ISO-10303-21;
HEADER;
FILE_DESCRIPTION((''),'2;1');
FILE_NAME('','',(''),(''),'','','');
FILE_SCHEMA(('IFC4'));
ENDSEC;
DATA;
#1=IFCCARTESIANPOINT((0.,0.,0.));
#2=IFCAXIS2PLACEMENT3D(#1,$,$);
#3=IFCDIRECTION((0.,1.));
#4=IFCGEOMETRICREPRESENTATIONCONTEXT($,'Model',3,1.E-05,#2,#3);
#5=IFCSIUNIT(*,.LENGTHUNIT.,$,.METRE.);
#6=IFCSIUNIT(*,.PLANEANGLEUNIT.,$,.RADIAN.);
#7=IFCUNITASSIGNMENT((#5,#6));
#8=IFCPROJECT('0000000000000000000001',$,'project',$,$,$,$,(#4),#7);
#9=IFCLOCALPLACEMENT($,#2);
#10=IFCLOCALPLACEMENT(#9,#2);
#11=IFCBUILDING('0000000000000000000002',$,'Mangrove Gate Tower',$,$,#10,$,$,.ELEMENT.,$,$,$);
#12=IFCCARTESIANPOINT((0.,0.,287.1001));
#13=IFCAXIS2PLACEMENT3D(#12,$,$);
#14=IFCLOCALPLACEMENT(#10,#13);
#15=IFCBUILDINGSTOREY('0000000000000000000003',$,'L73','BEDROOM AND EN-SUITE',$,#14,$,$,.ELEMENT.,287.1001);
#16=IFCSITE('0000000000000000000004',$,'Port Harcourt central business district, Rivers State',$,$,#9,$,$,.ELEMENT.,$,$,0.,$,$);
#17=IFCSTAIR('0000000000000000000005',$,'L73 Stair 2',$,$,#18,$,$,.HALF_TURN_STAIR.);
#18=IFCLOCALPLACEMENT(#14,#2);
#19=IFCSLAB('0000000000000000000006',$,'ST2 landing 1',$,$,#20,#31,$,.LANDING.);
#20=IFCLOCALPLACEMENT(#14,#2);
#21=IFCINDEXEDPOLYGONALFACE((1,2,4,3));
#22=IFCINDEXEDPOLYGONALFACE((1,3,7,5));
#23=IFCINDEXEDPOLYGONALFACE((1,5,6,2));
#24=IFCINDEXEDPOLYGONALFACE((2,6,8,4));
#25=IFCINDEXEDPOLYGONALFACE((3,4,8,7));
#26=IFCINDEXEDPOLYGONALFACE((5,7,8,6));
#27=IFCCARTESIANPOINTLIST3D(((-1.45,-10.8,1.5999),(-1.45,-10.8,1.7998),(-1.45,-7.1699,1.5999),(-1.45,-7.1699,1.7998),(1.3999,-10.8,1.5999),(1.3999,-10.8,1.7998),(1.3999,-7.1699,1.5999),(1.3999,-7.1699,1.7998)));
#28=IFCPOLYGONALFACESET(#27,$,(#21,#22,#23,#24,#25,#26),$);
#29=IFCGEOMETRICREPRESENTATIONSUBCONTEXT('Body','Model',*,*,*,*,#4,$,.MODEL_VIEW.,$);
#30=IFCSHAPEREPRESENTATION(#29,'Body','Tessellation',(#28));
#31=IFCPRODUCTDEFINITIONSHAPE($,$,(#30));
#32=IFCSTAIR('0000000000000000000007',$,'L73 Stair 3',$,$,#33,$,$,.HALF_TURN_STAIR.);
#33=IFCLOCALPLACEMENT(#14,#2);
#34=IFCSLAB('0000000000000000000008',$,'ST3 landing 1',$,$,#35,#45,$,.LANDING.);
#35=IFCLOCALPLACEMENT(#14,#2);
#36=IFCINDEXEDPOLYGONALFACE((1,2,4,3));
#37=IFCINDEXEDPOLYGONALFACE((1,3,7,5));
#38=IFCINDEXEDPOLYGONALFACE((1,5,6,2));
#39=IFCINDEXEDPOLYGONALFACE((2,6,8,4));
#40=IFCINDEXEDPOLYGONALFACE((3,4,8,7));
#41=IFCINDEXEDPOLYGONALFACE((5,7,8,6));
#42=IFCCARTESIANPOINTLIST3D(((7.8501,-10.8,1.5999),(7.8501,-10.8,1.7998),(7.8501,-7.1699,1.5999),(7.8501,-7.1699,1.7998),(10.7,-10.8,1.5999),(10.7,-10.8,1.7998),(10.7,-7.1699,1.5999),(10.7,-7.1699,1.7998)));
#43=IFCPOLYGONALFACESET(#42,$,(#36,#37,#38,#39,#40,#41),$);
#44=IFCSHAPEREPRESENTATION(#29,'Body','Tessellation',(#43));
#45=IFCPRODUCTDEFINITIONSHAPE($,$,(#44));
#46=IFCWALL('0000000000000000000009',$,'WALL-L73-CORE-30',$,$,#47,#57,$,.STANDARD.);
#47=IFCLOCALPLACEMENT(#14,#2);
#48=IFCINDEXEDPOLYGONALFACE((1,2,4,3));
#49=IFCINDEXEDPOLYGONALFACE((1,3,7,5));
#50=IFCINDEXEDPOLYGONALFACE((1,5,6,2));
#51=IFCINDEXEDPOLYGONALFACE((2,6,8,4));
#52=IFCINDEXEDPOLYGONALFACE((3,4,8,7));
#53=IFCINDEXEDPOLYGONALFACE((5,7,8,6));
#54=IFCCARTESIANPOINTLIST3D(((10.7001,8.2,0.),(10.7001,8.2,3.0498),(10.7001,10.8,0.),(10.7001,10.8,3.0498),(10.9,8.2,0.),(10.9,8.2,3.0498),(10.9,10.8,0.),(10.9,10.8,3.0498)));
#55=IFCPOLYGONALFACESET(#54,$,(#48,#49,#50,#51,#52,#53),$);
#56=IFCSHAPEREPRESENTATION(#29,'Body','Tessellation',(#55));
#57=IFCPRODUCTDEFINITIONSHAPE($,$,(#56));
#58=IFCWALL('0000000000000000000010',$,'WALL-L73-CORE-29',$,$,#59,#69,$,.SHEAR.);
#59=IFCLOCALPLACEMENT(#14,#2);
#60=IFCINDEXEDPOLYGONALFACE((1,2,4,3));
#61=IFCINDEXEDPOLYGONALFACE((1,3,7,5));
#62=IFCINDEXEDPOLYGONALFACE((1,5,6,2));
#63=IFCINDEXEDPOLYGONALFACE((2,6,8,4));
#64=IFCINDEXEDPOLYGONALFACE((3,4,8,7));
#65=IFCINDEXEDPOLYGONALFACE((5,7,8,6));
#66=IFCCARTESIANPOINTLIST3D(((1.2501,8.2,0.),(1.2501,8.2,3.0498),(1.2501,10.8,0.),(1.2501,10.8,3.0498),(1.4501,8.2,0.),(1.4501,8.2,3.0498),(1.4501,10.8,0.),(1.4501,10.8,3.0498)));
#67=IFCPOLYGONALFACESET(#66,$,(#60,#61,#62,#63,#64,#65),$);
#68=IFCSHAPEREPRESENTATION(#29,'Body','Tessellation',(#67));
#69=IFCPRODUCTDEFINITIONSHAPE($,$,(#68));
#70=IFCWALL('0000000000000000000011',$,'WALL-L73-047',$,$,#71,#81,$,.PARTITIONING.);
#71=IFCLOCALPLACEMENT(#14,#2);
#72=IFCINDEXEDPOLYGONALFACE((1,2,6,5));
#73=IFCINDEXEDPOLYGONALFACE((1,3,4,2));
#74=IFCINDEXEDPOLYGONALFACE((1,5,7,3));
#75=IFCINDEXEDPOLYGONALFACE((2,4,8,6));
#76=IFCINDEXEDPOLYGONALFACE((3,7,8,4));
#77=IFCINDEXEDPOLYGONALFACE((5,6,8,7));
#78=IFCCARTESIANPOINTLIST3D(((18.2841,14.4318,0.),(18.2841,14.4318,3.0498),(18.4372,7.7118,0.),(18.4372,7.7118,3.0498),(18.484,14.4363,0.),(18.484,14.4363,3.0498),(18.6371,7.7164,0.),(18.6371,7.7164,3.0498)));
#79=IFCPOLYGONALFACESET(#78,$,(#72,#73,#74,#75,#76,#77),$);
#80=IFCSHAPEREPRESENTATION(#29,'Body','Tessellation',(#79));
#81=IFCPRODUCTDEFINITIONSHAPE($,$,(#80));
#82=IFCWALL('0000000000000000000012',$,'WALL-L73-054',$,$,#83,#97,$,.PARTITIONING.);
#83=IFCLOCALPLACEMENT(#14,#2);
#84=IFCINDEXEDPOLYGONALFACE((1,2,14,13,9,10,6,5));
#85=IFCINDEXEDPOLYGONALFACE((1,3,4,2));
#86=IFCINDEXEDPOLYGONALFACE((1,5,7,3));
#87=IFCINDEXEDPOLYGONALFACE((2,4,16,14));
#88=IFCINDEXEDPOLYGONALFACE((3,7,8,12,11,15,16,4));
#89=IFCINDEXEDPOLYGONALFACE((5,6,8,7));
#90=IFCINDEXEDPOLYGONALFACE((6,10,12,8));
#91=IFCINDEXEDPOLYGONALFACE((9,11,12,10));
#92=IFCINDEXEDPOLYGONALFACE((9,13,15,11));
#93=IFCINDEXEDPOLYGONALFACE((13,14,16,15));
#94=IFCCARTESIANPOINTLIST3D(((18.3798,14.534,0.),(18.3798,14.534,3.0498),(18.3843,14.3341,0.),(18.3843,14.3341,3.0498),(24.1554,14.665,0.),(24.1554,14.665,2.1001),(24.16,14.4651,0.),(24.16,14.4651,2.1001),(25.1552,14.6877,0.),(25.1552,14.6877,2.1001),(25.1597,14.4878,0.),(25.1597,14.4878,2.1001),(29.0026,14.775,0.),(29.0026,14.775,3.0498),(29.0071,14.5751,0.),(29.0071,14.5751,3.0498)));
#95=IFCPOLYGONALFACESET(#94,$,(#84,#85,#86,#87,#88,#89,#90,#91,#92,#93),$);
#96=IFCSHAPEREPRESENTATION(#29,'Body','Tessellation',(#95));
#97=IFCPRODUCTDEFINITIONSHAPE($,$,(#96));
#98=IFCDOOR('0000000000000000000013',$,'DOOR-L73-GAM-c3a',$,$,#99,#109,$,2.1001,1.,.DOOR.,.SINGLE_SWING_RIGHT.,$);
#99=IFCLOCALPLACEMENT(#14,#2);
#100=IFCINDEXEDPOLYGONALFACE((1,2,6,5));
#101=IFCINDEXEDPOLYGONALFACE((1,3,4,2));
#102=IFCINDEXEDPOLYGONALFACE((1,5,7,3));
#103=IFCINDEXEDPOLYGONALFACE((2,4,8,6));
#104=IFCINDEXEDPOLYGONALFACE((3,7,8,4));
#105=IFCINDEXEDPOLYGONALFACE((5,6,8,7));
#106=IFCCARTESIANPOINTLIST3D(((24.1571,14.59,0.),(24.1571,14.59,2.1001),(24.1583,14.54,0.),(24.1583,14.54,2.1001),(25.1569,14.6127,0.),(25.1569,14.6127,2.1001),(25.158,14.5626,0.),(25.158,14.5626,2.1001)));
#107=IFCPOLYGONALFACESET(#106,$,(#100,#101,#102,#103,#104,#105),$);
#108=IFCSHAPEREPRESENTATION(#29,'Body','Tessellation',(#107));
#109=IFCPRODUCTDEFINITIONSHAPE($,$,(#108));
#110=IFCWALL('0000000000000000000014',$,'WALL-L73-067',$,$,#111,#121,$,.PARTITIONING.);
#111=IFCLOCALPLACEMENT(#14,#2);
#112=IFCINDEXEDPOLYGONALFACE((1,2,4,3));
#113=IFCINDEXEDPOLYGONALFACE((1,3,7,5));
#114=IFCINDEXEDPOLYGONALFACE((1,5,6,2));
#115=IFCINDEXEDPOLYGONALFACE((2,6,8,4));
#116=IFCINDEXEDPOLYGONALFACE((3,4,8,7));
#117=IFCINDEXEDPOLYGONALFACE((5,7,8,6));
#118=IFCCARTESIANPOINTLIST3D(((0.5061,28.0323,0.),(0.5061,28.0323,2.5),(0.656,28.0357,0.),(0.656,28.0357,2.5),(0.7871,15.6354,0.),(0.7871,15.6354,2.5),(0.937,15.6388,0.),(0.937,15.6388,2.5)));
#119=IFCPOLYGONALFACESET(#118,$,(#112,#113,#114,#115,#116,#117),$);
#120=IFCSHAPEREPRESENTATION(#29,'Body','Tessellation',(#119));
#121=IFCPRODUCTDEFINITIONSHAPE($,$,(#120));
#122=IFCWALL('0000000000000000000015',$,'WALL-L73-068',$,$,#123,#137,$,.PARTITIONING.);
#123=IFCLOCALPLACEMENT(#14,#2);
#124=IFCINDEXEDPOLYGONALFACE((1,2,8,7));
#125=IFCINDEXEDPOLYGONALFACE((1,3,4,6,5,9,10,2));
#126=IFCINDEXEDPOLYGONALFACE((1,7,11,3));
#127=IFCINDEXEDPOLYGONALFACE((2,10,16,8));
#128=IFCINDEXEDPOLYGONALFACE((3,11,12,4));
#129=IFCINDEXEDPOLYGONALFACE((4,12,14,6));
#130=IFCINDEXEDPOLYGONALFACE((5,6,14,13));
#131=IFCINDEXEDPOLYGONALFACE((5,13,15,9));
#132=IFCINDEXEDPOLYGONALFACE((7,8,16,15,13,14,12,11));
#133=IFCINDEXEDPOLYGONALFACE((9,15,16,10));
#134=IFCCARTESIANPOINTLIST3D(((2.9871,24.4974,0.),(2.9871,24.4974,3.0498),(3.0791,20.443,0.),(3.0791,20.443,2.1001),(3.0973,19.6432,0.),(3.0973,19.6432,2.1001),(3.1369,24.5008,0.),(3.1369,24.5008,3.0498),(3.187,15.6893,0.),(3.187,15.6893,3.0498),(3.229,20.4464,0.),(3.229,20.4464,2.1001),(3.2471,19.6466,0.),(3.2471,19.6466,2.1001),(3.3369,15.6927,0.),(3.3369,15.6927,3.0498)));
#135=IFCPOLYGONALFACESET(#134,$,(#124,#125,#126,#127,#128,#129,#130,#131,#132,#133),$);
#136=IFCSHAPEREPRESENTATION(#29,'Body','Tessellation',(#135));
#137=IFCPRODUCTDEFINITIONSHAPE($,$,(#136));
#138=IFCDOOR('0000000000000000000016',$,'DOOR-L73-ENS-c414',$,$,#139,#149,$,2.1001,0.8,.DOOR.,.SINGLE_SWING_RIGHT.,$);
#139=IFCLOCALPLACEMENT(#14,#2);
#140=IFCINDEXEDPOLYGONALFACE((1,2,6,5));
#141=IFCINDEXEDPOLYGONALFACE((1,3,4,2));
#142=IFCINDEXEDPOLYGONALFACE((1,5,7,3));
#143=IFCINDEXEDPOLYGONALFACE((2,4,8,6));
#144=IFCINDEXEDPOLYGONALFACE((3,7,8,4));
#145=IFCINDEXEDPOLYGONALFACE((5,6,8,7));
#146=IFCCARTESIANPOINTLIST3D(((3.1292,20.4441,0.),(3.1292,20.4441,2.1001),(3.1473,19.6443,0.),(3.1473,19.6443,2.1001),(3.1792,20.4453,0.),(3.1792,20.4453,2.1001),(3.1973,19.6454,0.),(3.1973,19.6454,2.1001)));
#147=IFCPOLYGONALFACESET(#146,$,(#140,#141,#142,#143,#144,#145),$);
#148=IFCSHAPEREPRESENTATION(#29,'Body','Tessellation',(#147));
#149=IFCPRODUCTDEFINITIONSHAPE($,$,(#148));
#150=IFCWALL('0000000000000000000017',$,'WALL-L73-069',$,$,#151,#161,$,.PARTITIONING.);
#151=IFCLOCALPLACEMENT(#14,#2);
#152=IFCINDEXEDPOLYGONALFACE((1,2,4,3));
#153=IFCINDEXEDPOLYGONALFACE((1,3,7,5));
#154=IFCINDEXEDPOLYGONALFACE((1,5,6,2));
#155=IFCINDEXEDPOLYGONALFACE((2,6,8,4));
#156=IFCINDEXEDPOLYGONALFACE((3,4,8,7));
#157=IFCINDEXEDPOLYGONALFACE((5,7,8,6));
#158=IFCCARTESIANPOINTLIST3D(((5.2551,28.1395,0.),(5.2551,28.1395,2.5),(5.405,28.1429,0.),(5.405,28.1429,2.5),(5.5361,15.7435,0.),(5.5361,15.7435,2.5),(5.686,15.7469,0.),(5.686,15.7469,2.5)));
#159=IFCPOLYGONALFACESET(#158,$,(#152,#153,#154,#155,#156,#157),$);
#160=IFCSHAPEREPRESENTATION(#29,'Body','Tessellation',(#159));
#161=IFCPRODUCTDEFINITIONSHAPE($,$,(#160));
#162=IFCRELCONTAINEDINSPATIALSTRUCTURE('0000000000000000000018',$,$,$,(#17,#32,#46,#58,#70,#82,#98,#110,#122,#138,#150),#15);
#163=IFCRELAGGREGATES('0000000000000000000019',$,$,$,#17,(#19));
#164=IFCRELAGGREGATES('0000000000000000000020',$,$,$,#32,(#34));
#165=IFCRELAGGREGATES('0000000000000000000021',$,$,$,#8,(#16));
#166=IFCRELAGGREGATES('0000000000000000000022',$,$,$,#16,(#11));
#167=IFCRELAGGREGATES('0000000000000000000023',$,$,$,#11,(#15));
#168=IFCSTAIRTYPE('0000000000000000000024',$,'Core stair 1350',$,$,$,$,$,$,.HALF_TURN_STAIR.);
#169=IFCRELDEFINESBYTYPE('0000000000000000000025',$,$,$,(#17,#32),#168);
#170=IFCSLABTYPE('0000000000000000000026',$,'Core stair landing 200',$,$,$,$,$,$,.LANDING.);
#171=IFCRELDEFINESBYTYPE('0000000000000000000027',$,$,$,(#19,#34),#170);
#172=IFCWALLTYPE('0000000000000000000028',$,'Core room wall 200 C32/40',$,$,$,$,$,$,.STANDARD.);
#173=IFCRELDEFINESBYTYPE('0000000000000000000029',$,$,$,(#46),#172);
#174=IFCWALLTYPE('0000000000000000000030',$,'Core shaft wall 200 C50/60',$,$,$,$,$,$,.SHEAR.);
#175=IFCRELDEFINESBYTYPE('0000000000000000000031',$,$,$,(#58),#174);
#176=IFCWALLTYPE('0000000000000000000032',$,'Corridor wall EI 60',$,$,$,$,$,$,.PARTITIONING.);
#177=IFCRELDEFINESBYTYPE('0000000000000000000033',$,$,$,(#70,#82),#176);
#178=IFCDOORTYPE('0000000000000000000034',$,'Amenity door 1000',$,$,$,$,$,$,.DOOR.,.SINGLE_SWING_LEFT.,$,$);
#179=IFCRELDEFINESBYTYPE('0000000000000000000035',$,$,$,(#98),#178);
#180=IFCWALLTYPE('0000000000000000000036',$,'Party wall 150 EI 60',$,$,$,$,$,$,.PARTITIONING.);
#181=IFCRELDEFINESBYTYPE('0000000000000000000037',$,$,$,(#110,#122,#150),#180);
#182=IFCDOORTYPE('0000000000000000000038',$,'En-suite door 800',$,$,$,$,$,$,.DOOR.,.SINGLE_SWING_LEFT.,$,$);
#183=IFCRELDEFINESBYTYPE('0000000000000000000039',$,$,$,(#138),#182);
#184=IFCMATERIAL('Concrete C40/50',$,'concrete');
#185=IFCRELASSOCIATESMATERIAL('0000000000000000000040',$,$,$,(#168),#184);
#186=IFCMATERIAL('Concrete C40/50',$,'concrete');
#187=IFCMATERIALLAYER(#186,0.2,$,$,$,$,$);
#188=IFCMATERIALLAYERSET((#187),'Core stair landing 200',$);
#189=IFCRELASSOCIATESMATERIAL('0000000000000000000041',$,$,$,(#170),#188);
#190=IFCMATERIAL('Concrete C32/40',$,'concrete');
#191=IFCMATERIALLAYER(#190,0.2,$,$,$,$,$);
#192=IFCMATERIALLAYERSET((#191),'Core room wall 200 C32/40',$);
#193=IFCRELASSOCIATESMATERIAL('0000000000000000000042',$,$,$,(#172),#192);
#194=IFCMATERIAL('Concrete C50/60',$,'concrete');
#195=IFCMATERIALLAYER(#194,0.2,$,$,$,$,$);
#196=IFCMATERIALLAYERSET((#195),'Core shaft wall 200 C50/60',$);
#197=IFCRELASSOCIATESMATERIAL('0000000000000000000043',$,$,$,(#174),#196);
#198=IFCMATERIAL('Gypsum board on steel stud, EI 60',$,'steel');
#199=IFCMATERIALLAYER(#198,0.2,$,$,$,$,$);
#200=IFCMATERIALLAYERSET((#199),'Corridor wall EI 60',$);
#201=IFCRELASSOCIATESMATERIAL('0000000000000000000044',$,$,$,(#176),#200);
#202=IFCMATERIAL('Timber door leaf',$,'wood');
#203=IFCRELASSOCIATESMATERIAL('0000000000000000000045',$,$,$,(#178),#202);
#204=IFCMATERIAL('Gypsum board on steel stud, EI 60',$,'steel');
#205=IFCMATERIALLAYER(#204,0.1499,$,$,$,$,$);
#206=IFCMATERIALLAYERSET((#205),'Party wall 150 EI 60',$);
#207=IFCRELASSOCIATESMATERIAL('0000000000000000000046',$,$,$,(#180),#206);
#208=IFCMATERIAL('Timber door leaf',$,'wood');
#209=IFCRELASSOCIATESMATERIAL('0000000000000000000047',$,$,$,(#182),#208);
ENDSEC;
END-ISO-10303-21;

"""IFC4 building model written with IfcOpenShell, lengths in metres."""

from ifc_helpers import new_model, si_unit, direction, frame, frame_2d, origin, place, context, subcontext, project, spatial, polyline, rectangle, outline, extrude, material, layer, layer_set, type_object, element, fill, aggregate, save


model = new_model("IFC4")

# Units and contexts
model_context = context("Model", 3, precision=1e-05, world=origin(), true_north=direction((0.0, 1.0)))
body_context = subcontext(model_context, "Body", "Model", "MODEL_VIEW")
ifc_project = project(units=[si_unit("LENGTHUNIT", "METRE"), si_unit("PLANEANGLEUNIT", "RADIAN")], contexts=[model_context])

# Site, building, storey
site_placement = place(None, origin())
site = spatial("IfcSite", under=ifc_project, at=site_placement, Name="Port Harcourt central business district, Rivers State", CompositionType="ELEMENT", RefElevation=0.0)
building_placement = place(site_placement, origin())
building = spatial("IfcBuilding", under=site, at=building_placement, Name="Mangrove Gate Tower", CompositionType="ELEMENT")
storey_placement = place(building_placement, frame((0.0, 0.0, 287.1001)))
storey = spatial("IfcBuildingStorey", under=building, at=storey_placement, Name="L73", Description="BEDROOM AND EN-SUITE", CompositionType="ELEMENT", Elevation=287.1001)

# Stairs, slabs
ifc_material_1 = material(Name="Concrete C40/50", Category="concrete")
stair_type = type_object("IfcStairType", Name="Core stair 1350", PredefinedType="HALF_TURN_STAIR", material=ifc_material_1)
ifc_material_2 = material(Name="Concrete C40/50", Category="concrete")
ifc_layer_1 = layer(ifc_material_2, 0.2)
ifc_layer_set_1 = layer_set([ifc_layer_1], Name="Core stair landing 200")
slab_type_1 = type_object("IfcSlabType", Name="Core stair landing 200", PredefinedType="LANDING", material=ifc_layer_set_1)
stair_1_placement = place(storey_placement, origin())
stair_1 = element("IfcStair", 1, at=stair_1_placement, inside=storey, type_object=stair_type, Name="L73 Stair 2", PredefinedType="HALF_TURN_STAIR")
slab_1_placement = place(storey_placement, frame((0.0, 0.0, 1.5999)))
slab_1 = element("IfcSlab", 2, at=slab_1_placement, type_object=slab_type_1, Name="ST2 landing 1", PredefinedType="LANDING", context=body_context, shape_type="SweptSolid", body=[
    extrude(outline(polyline([(-1.45, -7.1699), (-1.45, -10.8), (1.3999, -10.8), (1.3999, -7.1699), (-1.45, -7.1699)])), origin(), (0.0, 0.0, 1.0), 0.2),
])
aggregate(stair_1, [slab_1])
stair_2_placement = place(storey_placement, origin())
stair_2 = element("IfcStair", 3, at=stair_2_placement, inside=storey, type_object=stair_type, Name="L73 Stair 3", PredefinedType="HALF_TURN_STAIR")
slab_2_placement = place(storey_placement, frame((0.0, 0.0, 1.5999)))
slab_2 = element("IfcSlab", 4, at=slab_2_placement, type_object=slab_type_1, Name="ST3 landing 1", PredefinedType="LANDING", context=body_context, shape_type="SweptSolid", body=[
    extrude(outline(polyline([(7.8501, -7.1699), (7.8501, -10.8), (10.7, -10.8), (10.7, -7.1699), (7.8501, -7.1699)])), origin(), (0.0, 0.0, 1.0), 0.2),
])
aggregate(stair_2, [slab_2])

# Walls
ifc_material_3 = material(Name="Concrete C32/40", Category="concrete")
ifc_layer_2 = layer(ifc_material_3, 0.2)
ifc_layer_set_2 = layer_set([ifc_layer_2], Name="Core room wall 200 C32/40")
wall_type_1 = type_object("IfcWallType", Name="Core room wall 200 C32/40", PredefinedType="STANDARD", material=ifc_layer_set_2)
wall_1_placement = place(storey_placement, frame((10.8, 8.2, 0.0), z_axis=(0.0, 0.0, 1.0), x_axis=(0.0, 1.0, 0.0)))
element("IfcWall", 5, at=wall_1_placement, inside=storey, type_object=wall_type_1, Name="WALL-L73-CORE-30", PredefinedType="STANDARD", context=body_context, shape_type="SweptSolid", body=[
    extrude(rectangle(XDim=2.6001, YDim=0.2, at=frame_2d((1.3, 0.0))), origin(), (0.0, 0.0, 1.0), 3.0498),
])
ifc_material_4 = material(Name="Concrete C50/60", Category="concrete")
ifc_layer_3 = layer(ifc_material_4, 0.2)
ifc_layer_set_3 = layer_set([ifc_layer_3], Name="Core shaft wall 200 C50/60")
wall_type_2 = type_object("IfcWallType", Name="Core shaft wall 200 C50/60", PredefinedType="SHEAR", material=ifc_layer_set_3)
wall_2_placement = place(storey_placement, frame((1.3501, 8.2, 0.0), z_axis=(0.0, 0.0, 1.0), x_axis=(0.0, 1.0, 0.0)))
element("IfcWall", 6, at=wall_2_placement, inside=storey, type_object=wall_type_2, Name="WALL-L73-CORE-29", PredefinedType="SHEAR", context=body_context, shape_type="SweptSolid", body=[
    extrude(rectangle(XDim=2.6001, YDim=0.2, at=frame_2d((1.3, 0.0))), origin(), (0.0, 0.0, 1.0), 3.0498),
])
ifc_material_5 = material(Name="Gypsum board on steel stud, EI 60", Category="steel")
ifc_layer_4 = layer(ifc_material_5, 0.2)
ifc_layer_set_4 = layer_set([ifc_layer_4], Name="Corridor wall EI 60")
wall_type_3 = type_object("IfcWallType", Name="Corridor wall EI 60", PredefinedType="PARTITIONING", material=ifc_layer_set_4)
wall_3_placement = place(storey_placement, frame((18.5371, 7.7141, 0.0), z_axis=(0.0, 0.0, 1.0), x_axis=(-0.022773, 0.999741, 0.0)))
element("IfcWall", 7, at=wall_3_placement, inside=storey, type_object=wall_type_3, Name="WALL-L73-047", PredefinedType="PARTITIONING", context=body_context, shape_type="SweptSolid", body=[
    extrude(rectangle(XDim=6.7217, YDim=0.2, at=frame_2d((3.3608, 0.0))), origin(), (0.0, 0.0, 1.0), 3.0498),
])

# Wall, opening, door
wall_4_placement = place(storey_placement, frame((18.3821, 14.4341, 0.0), z_axis=(0.0, 0.0, 1.0), x_axis=(0.999743, 0.022678, 0.0)))
wall_4 = element("IfcWall", 8, at=wall_4_placement, inside=storey, type_object=wall_type_3, Name="WALL-L73-054", PredefinedType="PARTITIONING", context=body_context, shape_type="SweptSolid", body=[
    extrude(rectangle(XDim=10.6255, YDim=0.2, at=frame_2d((5.3127, 0.0))), origin(), (0.0, 0.0, 1.0), 3.0498),
])
opening_1_placement = place(wall_4_placement, frame((5.7771, 0.0, 0.0)))
opening_1 = element("IfcOpeningElement", 9, at=opening_1_placement, cuts=wall_4, PredefinedType="OPENING", context=body_context, shape_type="SweptSolid", body=[
    extrude(rectangle(XDim=1.0, YDim=2.1001, at=frame_2d((0.5, 1.05))), frame((0.0, 0.1099, 0.0), z_axis=(0.0, -1.0, 0.0), x_axis=(1.0, 0.0, 0.0)), (0.0, 0.0, 1.0), 0.22),
])
ifc_material_6 = material(Name="Timber door leaf", Category="wood")
door_type_1 = type_object("IfcDoorType", Name="Amenity door 1000", OperationType="SINGLE_SWING_LEFT", PredefinedType="DOOR", material=ifc_material_6)
door_1_placement = place(opening_1_placement, origin())
door_1 = element("IfcDoor", 10, at=door_1_placement, inside=storey, type_object=door_type_1, Name="DOOR-L73-GAM-c3a", OperationType="SINGLE_SWING_RIGHT", OverallHeight=2.1001, OverallWidth=1.0, PredefinedType="DOOR", context=body_context, shape_type="SweptSolid", body=[
    extrude(rectangle(XDim=1.0, YDim=2.1001, at=frame_2d((0.5, 1.05))), frame((0.0, 0.0249, 0.0), z_axis=(0.0, -1.0, 0.0), x_axis=(1.0, 0.0, 0.0)), (0.0, 0.0, 1.0), 0.05),
])
fill(opening_1, door_1)

# Wall
ifc_material_7 = material(Name="Gypsum board on steel stud, EI 60", Category="steel")
ifc_layer_5 = layer(ifc_material_7, 0.1499)
ifc_layer_set_5 = layer_set([ifc_layer_5], Name="Party wall 150 EI 60")
wall_type_4 = type_object("IfcWallType", Name="Party wall 150 EI 60", PredefinedType="PARTITIONING", material=ifc_layer_set_5)
wall_5_placement = place(storey_placement, frame((0.8621, 15.637, 0.0), z_axis=(0.0, 0.0, 1.0), x_axis=(-0.022661, 0.999743, 0.0)))
element("IfcWall", 11, at=wall_5_placement, inside=storey, type_object=wall_type_4, Name="WALL-L73-067", PredefinedType="PARTITIONING", context=body_context, shape_type="SweptSolid", body=[
    extrude(rectangle(XDim=12.4001, YDim=0.1499, at=frame_2d((6.2002, 0.0))), origin(), (0.0, 0.0, 1.0), 2.5),
])

# Wall, opening, door
wall_6_placement = place(storey_placement, frame((3.262, 15.6909, 0.0), z_axis=(0.0, 0.0, 1.0), x_axis=(-0.022695, 0.999742, 0.0)))
wall_6 = element("IfcWall", 12, at=wall_6_placement, inside=storey, type_object=wall_type_4, Name="WALL-L73-068", PredefinedType="PARTITIONING", context=body_context, shape_type="SweptSolid", body=[
    extrude(rectangle(XDim=8.8103, YDim=0.1499, at=frame_2d((4.4053, 0.0))), origin(), (0.0, 0.0, 1.0), 3.0498),
])
opening_2_placement = place(wall_6_placement, frame((3.9551, 0.0, 0.0)))
opening_2 = element("IfcOpeningElement", 13, at=opening_2_placement, cuts=wall_6, PredefinedType="OPENING", context=body_context, shape_type="SweptSolid", body=[
    extrude(rectangle(XDim=0.8, YDim=2.1001, at=frame_2d((0.3999, 1.05))), frame((0.0, 0.085, 0.0), z_axis=(0.0, -1.0, 0.0), x_axis=(1.0, 0.0, 0.0)), (0.0, 0.0, 1.0), 0.1699),
])
ifc_material_8 = material(Name="Timber door leaf", Category="wood")
door_type_2 = type_object("IfcDoorType", Name="En-suite door 800", OperationType="SINGLE_SWING_LEFT", PredefinedType="DOOR", material=ifc_material_8)
door_2_placement = place(opening_2_placement, origin())
door_2 = element("IfcDoor", 14, at=door_2_placement, inside=storey, type_object=door_type_2, Name="DOOR-L73-ENS-c414", OperationType="SINGLE_SWING_RIGHT", OverallHeight=2.1001, OverallWidth=0.8, PredefinedType="DOOR", context=body_context, shape_type="SweptSolid", body=[
    extrude(rectangle(XDim=0.8, YDim=2.1001, at=frame_2d((0.3999, 1.05))), frame((0.0, 0.0249, 0.0), z_axis=(0.0, -1.0, 0.0), x_axis=(1.0, 0.0, 0.0)), (0.0, 0.0, 1.0), 0.05),
])
fill(opening_2, door_2)

# Wall
wall_7_placement = place(storey_placement, frame((5.6111, 15.7451, 0.0), z_axis=(0.0, 0.0, 1.0), x_axis=(-0.022663, 0.999743, 0.0)))
element("IfcWall", 15, at=wall_7_placement, inside=storey, type_object=wall_type_4, Name="WALL-L73-069", PredefinedType="PARTITIONING", context=body_context, shape_type="SweptSolid", body=[
    extrude(rectangle(XDim=12.3992, YDim=0.1499, at=frame_2d((6.1997, 0.0))), origin(), (0.0, 0.0, 1.0), 2.5),
])

save(model, "model.ifc")
